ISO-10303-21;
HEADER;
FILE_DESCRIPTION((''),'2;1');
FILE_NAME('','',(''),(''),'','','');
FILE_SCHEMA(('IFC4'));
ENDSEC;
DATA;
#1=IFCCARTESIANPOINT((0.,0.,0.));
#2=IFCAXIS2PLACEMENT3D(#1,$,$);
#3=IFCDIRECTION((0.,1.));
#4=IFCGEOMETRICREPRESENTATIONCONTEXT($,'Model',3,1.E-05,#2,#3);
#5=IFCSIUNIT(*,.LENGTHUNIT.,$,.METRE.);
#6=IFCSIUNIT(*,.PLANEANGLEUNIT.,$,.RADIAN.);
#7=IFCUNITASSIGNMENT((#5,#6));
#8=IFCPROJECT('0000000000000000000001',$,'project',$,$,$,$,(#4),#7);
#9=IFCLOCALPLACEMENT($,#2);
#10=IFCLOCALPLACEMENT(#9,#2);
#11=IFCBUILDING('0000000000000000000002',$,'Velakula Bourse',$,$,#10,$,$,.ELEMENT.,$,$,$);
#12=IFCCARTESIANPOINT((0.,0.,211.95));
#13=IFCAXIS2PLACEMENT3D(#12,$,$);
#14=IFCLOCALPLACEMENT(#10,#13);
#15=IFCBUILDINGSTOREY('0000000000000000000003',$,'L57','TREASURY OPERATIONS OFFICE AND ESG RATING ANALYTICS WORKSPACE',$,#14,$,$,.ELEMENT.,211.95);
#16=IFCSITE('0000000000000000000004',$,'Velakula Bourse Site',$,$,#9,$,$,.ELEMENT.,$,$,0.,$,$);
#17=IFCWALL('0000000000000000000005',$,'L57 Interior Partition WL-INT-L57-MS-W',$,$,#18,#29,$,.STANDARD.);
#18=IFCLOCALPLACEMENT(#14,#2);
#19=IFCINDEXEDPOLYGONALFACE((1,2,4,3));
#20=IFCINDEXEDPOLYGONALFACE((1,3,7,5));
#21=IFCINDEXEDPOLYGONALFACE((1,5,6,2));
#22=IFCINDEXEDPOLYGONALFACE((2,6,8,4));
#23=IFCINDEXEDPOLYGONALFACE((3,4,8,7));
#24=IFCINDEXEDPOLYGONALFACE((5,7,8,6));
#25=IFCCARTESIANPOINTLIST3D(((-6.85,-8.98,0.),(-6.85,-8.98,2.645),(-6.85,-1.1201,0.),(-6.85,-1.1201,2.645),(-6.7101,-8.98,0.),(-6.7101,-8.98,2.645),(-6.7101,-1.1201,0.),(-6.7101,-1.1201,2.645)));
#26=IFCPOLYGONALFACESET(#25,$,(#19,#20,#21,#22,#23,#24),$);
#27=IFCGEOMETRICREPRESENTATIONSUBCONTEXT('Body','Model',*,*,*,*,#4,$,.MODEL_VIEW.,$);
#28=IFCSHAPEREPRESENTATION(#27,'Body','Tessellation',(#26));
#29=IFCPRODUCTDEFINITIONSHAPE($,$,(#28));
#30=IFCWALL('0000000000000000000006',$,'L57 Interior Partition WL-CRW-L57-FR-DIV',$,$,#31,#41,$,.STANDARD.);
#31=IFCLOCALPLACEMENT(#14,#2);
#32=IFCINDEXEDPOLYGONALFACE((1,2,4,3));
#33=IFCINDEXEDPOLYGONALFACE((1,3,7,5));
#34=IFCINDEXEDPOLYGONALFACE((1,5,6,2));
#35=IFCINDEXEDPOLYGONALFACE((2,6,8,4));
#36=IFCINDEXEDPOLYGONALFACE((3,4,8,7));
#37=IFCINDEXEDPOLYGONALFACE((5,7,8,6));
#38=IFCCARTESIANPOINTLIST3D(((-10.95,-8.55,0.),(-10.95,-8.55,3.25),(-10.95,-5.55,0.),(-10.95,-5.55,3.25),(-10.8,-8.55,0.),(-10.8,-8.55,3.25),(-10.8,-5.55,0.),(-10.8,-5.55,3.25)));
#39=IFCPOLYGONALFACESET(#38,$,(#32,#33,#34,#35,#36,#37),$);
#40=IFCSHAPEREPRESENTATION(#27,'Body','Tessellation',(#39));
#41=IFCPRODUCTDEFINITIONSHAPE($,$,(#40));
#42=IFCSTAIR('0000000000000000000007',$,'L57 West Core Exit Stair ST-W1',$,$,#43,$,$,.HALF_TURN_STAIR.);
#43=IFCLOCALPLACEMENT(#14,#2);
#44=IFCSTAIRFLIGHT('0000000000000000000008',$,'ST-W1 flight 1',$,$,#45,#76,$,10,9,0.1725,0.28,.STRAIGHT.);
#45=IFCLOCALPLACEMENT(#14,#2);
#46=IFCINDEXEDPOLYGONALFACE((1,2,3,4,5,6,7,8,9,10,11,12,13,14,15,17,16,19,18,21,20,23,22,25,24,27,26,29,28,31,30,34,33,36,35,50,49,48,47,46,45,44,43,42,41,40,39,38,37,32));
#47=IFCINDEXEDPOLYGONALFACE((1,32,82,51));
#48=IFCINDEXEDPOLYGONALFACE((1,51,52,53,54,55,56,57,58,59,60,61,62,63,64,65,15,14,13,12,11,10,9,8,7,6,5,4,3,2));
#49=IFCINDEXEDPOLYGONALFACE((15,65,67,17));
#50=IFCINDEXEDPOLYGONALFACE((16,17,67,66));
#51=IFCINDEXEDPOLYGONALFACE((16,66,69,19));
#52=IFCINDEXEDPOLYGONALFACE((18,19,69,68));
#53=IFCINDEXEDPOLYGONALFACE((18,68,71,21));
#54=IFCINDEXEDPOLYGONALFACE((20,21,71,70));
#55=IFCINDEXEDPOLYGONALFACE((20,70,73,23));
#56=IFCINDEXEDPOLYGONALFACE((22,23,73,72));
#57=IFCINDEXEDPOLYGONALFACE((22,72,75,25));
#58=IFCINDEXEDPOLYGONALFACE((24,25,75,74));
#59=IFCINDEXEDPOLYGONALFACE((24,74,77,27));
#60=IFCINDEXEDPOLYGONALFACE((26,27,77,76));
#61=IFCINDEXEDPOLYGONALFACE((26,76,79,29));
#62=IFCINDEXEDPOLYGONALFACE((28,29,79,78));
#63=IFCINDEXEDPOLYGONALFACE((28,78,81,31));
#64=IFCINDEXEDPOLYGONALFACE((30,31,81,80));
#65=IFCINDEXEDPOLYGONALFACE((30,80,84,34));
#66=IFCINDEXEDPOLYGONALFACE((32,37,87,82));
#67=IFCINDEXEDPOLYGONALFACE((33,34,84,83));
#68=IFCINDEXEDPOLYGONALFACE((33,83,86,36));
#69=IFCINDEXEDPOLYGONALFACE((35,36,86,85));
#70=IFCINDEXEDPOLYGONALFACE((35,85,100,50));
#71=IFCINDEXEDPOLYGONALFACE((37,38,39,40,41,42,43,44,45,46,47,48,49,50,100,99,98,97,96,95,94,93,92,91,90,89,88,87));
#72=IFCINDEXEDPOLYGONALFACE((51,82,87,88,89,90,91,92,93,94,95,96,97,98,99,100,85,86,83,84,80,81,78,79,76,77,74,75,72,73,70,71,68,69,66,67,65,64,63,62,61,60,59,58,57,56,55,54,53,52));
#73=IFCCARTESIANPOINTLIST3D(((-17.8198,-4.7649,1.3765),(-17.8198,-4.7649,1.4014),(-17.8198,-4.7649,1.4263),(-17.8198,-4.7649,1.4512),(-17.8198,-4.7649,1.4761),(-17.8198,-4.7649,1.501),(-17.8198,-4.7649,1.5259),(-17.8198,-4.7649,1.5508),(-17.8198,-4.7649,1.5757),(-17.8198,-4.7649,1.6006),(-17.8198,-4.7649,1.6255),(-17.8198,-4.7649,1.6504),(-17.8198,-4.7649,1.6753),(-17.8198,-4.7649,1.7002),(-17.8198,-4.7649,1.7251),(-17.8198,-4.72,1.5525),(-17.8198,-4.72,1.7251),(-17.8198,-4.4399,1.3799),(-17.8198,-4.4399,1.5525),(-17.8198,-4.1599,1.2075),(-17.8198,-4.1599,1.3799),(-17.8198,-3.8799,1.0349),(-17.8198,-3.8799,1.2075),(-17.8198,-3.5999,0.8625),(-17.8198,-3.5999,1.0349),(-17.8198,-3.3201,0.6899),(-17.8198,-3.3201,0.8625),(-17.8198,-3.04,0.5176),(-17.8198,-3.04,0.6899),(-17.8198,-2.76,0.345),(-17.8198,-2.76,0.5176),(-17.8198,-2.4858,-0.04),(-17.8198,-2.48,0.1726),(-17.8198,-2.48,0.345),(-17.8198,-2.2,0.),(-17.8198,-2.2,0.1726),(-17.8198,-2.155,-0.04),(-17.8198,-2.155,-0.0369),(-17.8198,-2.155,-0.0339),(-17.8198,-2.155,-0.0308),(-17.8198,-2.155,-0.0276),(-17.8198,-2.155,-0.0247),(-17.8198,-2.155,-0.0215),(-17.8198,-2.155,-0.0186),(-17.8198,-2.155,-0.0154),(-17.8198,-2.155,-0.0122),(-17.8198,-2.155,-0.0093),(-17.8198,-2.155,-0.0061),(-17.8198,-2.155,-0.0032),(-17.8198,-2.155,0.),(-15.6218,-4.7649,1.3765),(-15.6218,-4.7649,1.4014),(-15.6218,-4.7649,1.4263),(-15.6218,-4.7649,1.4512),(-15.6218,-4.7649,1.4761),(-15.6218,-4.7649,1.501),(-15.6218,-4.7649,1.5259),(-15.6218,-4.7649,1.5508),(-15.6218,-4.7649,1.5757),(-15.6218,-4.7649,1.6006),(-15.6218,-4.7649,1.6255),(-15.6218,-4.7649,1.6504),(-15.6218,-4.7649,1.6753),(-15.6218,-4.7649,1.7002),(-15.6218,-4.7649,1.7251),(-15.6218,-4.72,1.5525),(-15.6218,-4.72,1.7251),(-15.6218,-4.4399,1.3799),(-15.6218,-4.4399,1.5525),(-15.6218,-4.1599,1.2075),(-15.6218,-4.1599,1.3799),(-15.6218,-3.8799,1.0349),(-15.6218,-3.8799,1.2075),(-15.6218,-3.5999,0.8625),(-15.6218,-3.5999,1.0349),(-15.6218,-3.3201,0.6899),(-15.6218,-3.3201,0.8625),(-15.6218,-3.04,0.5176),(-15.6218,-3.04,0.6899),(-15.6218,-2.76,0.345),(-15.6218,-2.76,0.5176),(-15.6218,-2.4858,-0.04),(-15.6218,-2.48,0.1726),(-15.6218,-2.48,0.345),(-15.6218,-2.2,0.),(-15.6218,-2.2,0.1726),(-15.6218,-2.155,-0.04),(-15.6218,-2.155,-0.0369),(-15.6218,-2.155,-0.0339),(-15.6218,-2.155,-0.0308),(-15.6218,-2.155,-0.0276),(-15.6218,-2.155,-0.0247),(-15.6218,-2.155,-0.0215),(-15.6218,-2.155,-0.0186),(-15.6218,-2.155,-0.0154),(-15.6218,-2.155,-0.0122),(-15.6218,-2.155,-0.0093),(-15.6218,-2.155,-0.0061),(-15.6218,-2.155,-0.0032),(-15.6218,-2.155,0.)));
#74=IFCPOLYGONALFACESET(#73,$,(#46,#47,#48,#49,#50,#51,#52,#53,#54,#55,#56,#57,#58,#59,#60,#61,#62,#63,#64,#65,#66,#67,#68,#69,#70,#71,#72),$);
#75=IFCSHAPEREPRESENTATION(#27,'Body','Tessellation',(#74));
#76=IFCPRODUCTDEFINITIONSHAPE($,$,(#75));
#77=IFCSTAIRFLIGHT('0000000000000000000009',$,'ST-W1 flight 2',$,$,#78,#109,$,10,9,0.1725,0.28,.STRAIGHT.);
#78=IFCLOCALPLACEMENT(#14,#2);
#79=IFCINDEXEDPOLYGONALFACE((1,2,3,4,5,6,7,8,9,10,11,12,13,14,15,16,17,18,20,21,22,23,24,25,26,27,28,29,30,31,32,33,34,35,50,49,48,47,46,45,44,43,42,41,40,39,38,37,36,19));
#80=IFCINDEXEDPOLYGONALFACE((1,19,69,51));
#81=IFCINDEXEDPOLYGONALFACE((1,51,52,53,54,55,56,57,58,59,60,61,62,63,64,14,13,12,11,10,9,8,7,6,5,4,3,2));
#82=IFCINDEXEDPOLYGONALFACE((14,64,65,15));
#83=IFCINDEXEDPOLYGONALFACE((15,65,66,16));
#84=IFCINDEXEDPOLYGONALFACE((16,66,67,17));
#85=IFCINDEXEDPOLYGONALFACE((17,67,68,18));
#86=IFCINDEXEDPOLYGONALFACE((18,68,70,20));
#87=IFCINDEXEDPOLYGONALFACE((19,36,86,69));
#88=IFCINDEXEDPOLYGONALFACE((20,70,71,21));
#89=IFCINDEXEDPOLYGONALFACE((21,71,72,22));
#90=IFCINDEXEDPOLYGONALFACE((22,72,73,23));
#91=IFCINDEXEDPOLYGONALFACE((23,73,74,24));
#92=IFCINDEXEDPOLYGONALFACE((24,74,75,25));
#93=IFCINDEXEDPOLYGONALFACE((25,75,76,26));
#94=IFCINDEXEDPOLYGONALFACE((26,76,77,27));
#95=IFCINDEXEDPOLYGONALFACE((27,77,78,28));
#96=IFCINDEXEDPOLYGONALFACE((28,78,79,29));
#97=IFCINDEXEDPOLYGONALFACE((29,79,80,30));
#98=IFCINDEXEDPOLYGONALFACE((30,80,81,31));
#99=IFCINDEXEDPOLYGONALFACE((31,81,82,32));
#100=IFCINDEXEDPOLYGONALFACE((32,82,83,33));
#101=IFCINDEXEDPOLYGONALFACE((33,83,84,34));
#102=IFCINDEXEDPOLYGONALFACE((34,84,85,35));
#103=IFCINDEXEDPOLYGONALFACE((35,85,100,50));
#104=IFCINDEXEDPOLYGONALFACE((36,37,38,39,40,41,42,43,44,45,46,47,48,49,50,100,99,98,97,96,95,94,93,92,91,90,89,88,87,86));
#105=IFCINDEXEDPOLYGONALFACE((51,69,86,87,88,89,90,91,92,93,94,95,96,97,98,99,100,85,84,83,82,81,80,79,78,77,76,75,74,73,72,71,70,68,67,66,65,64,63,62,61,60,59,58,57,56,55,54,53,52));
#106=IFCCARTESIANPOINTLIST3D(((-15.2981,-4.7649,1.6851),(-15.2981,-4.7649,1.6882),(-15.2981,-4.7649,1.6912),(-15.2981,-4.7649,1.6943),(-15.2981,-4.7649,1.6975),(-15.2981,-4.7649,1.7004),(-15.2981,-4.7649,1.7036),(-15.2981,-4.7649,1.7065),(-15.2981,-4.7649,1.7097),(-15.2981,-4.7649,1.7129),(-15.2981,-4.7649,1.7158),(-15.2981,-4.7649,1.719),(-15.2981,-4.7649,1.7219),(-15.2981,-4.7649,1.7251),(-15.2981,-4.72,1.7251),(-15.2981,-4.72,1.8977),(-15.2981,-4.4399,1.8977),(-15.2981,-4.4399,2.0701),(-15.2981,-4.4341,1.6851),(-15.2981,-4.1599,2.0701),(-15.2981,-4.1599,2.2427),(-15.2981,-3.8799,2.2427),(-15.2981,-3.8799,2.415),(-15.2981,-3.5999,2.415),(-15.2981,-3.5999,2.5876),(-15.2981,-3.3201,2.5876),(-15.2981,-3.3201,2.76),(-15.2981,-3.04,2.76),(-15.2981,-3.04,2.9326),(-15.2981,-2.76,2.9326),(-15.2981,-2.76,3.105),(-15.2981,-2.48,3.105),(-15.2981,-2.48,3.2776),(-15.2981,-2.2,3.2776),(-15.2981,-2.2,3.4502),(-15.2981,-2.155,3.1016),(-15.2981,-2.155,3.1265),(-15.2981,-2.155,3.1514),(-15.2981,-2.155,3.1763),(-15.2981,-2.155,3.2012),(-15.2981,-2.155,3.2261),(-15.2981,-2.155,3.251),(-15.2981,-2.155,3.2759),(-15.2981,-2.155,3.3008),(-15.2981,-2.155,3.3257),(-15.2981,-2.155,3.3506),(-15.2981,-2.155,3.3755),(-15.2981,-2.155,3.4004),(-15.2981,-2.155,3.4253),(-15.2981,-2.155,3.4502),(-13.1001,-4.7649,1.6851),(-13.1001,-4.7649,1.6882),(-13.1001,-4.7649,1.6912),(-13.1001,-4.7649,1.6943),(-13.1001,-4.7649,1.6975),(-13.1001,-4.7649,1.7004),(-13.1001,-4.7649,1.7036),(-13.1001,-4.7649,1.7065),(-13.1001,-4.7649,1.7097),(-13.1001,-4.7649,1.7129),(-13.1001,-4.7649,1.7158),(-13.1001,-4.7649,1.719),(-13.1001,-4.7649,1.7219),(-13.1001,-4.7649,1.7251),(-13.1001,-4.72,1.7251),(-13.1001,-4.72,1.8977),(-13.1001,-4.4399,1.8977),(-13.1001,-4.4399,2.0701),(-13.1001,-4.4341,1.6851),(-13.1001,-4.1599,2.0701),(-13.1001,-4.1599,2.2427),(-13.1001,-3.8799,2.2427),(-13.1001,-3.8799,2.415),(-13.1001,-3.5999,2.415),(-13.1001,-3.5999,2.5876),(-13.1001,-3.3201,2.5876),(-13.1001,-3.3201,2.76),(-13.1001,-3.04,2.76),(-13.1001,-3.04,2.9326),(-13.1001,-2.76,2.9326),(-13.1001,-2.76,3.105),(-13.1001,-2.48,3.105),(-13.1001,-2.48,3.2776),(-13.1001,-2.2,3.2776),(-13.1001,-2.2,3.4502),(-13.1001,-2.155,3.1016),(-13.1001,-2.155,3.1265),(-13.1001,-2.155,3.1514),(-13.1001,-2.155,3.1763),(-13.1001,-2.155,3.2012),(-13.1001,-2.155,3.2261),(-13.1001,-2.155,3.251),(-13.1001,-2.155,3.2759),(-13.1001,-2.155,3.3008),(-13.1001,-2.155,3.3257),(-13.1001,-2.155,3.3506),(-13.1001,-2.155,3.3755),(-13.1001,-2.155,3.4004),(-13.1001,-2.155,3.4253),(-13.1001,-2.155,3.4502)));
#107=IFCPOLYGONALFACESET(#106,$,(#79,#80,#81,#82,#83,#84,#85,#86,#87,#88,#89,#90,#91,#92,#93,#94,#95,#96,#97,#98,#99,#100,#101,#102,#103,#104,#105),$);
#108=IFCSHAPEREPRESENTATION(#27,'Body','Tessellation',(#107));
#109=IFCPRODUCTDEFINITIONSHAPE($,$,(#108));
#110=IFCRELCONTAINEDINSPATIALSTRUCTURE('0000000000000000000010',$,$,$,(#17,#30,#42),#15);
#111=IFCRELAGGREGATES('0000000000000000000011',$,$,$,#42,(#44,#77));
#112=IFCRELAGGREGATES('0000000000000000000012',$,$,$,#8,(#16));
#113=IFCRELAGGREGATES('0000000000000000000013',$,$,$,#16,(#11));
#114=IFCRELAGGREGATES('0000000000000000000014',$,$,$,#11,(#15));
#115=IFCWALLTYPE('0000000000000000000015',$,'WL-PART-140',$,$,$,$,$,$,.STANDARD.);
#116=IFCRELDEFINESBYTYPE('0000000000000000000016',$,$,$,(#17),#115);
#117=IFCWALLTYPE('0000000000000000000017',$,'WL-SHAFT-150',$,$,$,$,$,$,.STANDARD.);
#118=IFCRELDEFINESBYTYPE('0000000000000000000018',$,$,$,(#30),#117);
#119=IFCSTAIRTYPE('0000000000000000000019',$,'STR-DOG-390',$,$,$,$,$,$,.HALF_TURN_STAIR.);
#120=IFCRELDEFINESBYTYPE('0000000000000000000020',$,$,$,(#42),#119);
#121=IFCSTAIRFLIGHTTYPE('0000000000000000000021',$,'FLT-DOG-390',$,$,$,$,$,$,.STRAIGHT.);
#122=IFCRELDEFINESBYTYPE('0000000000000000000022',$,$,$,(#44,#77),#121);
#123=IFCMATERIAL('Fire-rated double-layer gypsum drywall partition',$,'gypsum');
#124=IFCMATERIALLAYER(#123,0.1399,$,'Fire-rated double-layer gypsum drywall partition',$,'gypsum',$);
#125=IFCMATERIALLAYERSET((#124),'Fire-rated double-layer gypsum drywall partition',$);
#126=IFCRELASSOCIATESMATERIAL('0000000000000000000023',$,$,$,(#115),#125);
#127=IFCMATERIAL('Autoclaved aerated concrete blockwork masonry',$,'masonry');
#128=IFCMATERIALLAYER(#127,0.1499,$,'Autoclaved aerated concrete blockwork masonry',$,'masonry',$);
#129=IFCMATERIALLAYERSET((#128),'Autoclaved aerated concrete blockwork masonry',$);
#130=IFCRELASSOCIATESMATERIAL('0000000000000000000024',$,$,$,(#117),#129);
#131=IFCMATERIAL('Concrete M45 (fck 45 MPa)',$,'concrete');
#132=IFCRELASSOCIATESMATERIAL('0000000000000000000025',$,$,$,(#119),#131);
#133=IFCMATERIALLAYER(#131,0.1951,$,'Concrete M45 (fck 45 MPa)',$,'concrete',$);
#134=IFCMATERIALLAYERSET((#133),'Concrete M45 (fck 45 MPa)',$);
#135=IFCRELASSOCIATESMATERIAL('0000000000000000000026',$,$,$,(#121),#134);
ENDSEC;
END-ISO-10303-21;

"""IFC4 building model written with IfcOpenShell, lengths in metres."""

from ifc_helpers import new_model, si_unit, direction, frame, frame_2d, origin, place, context, subcontext, project, spatial, polyline, rectangle, outline, extrude, material, layer, layer_set, type_object, element, aggregate, save


model = new_model("IFC4")

# Units and contexts
model_context = context("Model", 3, precision=1e-05, world=origin(), true_north=direction((0.0, 1.0)))
body_context = subcontext(model_context, "Body", "Model", "MODEL_VIEW")
ifc_project = project(units=[si_unit("LENGTHUNIT", "METRE"), si_unit("PLANEANGLEUNIT", "RADIAN")], contexts=[model_context])

# Site, building, storey
site_placement = place(None, origin())
site = spatial("IfcSite", under=ifc_project, at=site_placement, Name="Velakula Bourse Site", CompositionType="ELEMENT", RefElevation=0.0)
building_placement = place(site_placement, origin())
building = spatial("IfcBuilding", under=site, at=building_placement, Name="Velakula Bourse", CompositionType="ELEMENT")
storey_placement = place(building_placement, frame((0.0, 0.0, 211.95)))
storey = spatial("IfcBuildingStorey", under=building, at=storey_placement, Name="L57", Description="TREASURY OPERATIONS OFFICE AND ESG RATING ANALYTICS WORKSPACE", CompositionType="ELEMENT", Elevation=211.95)

# Wall
ifc_material_1 = material(Name="Fire-rated double-layer gypsum drywall partition", Category="gypsum")
ifc_layer_1 = layer(ifc_material_1, 0.1399, Name="Fire-rated double-layer gypsum drywall partition", Category="gypsum")
ifc_layer_set_1 = layer_set([ifc_layer_1], Name="Fire-rated double-layer gypsum drywall partition")
wall_type_1 = type_object("IfcWallType", Name="WL-PART-140", PredefinedType="STANDARD", material=ifc_layer_set_1)
wall_1_placement = place(storey_placement, frame((-6.78, -8.98, 0.0), z_axis=(0.0, 0.0, 1.0), x_axis=(0.0, 1.0, 0.0)))
element("IfcWall", 1, at=wall_1_placement, inside=storey, type_object=wall_type_1, Name="L57 Interior Partition WL-INT-L57-MS-W", PredefinedType="STANDARD", context=body_context, shape_type="SweptSolid", body=[
    extrude(rectangle(XDim=7.8599, YDim=0.1399, at=frame_2d((3.9299, 0.0))), origin(), (0.0, 0.0, 1.0), 2.645),
])

# Shared definitions
ifc_material_2 = material(Name="Autoclaved aerated concrete blockwork masonry", Category="masonry")
ifc_layer_2 = layer(ifc_material_2, 0.1499, Name="Autoclaved aerated concrete blockwork masonry", Category="masonry")
ifc_layer_set_2 = layer_set([ifc_layer_2], Name="Autoclaved aerated concrete blockwork masonry")
wall_type_2 = type_object("IfcWallType", Name="WL-SHAFT-150", PredefinedType="STANDARD", material=ifc_layer_set_2)

# Wall
wall_2_placement = place(storey_placement, frame((-10.875, -8.55, 0.0), z_axis=(0.0, 0.0, 1.0), x_axis=(0.0, 1.0, 0.0)))
element("IfcWall", 2, at=wall_2_placement, inside=storey, type_object=wall_type_2, Name="L57 Interior Partition WL-CRW-L57-FR-DIV", PredefinedType="STANDARD", context=body_context, shape_type="SweptSolid", body=[
    extrude(rectangle(XDim=3.0, YDim=0.1499, at=frame_2d((1.5, 0.0))), origin(), (0.0, 0.0, 1.0), 3.25),
])

# Stair, stair flights
ifc_material_3 = material(Name="Concrete M45 (fck 45 MPa)", Category="concrete")
stair_type = type_object("IfcStairType", Name="STR-DOG-390", PredefinedType="HALF_TURN_STAIR", material=ifc_material_3)
stair_placement = place(storey_placement, origin())
stair = element("IfcStair", 3, at=stair_placement, inside=storey, type_object=stair_type, Name="L57 West Core Exit Stair ST-W1", PredefinedType="HALF_TURN_STAIR")
ifc_layer_3 = layer(ifc_material_3, 0.1951, Name="Concrete M45 (fck 45 MPa)", Category="concrete")
ifc_layer_set_3 = layer_set([ifc_layer_3], Name="Concrete M45 (fck 45 MPa)")
stair_flight_type = type_object("IfcStairFlightType", Name="FLT-DOG-390", PredefinedType="STRAIGHT", material=ifc_layer_set_3)
stair_flight_1_placement = place(storey_placement, frame((-16.7209, -2.2, 0.0), z_axis=(0.0, 0.0, 1.0), x_axis=(0.0, -1.0, 0.0)))
stair_flight_1 = element("IfcStairFlight", 4, at=stair_flight_1_placement, type_object=stair_flight_type, Name="ST-W1 flight 1", NumberOfRisers=10, NumberOfTreads=9, PredefinedType="STRAIGHT", RiserHeight=0.1725, TreadLength=0.28, context=body_context, shape_type="SweptSolid", body=[
    extrude(outline(polyline([(-0.0449, -0.04), (-0.0449, -0.0369), (-0.0449, -0.0339), (-0.0449, -0.0308), (-0.0449, -0.0276), (-0.0449, -0.0247), (-0.0449, -0.0215), (-0.0449, -0.0186), (-0.0449, -0.0154), (-0.0449, -0.0122), (-0.0449, -0.0093), (-0.0449, -0.0061), (-0.0449, -0.0032), (-0.0449, 0.0), (0.0, 0.0), (0.0, 0.1726), (0.28, 0.1726), (0.28, 0.345), (0.5601, 0.345), (0.5601, 0.5176), (0.8401, 0.5176), (0.8401, 0.6899), (1.1201, 0.6899), (1.1201, 0.8625), (1.3999, 0.8625), (1.3999, 1.0349), (1.6799, 1.0349), (1.6799, 1.2075), (1.96, 1.2075), (1.96, 1.3799), (2.24, 1.3799), (2.24, 1.5525), (2.52, 1.5525), (2.52, 1.7251), (2.5649, 1.7251), (2.5649, 1.7002), (2.5649, 1.6753), (2.5649, 1.6504), (2.5649, 1.6255), (2.5649, 1.6006), (2.5649, 1.5757), (2.5649, 1.5508), (2.5649, 1.5259), (2.5649, 1.501), (2.5649, 1.4761), (2.5649, 1.4512), (2.5649, 1.4263), (2.5649, 1.4014), (2.5649, 1.3765), (0.2859, -0.04), (-0.0449, -0.04)])), frame((0.0, 1.0991, 0.0), z_axis=(0.0, -1.0, 0.0), x_axis=(1.0, 0.0, 0.0)), (0.0, 0.0, 1.0), 2.198),
])
stair_flight_2_placement = place(storey_placement, frame((-14.199, -4.72, 1.7251), z_axis=(0.0, 0.0, 1.0), x_axis=(0.0, 1.0, 0.0)))
stair_flight_2 = element("IfcStairFlight", 5, at=stair_flight_2_placement, type_object=stair_flight_type, Name="ST-W1 flight 2", NumberOfRisers=10, NumberOfTreads=9, PredefinedType="STRAIGHT", RiserHeight=0.1725, TreadLength=0.28, context=body_context, shape_type="SweptSolid", body=[
    extrude(outline(polyline([(-0.0449, -0.04), (-0.0449, -0.0369), (-0.0449, -0.0339), (-0.0449, -0.0308), (-0.0449, -0.0276), (-0.0449, -0.0247), (-0.0449, -0.0215), (-0.0449, -0.0186), (-0.0449, -0.0154), (-0.0449, -0.0122), (-0.0449, -0.0093), (-0.0449, -0.0061), (-0.0449, -0.0032), (-0.0449, 0.0), (0.0, 0.0), (0.0, 0.1726), (0.28, 0.1726), (0.28, 0.345), (0.5601, 0.345), (0.5601, 0.5176), (0.8401, 0.5176), (0.8401, 0.6899), (1.1201, 0.6899), (1.1201, 0.8625), (1.3999, 0.8625), (1.3999, 1.0349), (1.6799, 1.0349), (1.6799, 1.2075), (1.96, 1.2075), (1.96, 1.3799), (2.24, 1.3799), (2.24, 1.5525), (2.52, 1.5525), (2.52, 1.7251), (2.5649, 1.7251), (2.5649, 1.7002), (2.5649, 1.6753), (2.5649, 1.6504), (2.5649, 1.6255), (2.5649, 1.6006), (2.5649, 1.5757), (2.5649, 1.5508), (2.5649, 1.5259), (2.5649, 1.501), (2.5649, 1.4761), (2.5649, 1.4512), (2.5649, 1.4263), (2.5649, 1.4014), (2.5649, 1.3765), (0.2859, -0.04), (-0.0449, -0.04)])), frame((0.0, 1.0991, 0.0), z_axis=(0.0, -1.0, 0.0), x_axis=(1.0, 0.0, 0.0)), (0.0, 0.0, 1.0), 2.198),
])
aggregate(stair, [stair_flight_1, stair_flight_2])

save(model, "model.ifc")
